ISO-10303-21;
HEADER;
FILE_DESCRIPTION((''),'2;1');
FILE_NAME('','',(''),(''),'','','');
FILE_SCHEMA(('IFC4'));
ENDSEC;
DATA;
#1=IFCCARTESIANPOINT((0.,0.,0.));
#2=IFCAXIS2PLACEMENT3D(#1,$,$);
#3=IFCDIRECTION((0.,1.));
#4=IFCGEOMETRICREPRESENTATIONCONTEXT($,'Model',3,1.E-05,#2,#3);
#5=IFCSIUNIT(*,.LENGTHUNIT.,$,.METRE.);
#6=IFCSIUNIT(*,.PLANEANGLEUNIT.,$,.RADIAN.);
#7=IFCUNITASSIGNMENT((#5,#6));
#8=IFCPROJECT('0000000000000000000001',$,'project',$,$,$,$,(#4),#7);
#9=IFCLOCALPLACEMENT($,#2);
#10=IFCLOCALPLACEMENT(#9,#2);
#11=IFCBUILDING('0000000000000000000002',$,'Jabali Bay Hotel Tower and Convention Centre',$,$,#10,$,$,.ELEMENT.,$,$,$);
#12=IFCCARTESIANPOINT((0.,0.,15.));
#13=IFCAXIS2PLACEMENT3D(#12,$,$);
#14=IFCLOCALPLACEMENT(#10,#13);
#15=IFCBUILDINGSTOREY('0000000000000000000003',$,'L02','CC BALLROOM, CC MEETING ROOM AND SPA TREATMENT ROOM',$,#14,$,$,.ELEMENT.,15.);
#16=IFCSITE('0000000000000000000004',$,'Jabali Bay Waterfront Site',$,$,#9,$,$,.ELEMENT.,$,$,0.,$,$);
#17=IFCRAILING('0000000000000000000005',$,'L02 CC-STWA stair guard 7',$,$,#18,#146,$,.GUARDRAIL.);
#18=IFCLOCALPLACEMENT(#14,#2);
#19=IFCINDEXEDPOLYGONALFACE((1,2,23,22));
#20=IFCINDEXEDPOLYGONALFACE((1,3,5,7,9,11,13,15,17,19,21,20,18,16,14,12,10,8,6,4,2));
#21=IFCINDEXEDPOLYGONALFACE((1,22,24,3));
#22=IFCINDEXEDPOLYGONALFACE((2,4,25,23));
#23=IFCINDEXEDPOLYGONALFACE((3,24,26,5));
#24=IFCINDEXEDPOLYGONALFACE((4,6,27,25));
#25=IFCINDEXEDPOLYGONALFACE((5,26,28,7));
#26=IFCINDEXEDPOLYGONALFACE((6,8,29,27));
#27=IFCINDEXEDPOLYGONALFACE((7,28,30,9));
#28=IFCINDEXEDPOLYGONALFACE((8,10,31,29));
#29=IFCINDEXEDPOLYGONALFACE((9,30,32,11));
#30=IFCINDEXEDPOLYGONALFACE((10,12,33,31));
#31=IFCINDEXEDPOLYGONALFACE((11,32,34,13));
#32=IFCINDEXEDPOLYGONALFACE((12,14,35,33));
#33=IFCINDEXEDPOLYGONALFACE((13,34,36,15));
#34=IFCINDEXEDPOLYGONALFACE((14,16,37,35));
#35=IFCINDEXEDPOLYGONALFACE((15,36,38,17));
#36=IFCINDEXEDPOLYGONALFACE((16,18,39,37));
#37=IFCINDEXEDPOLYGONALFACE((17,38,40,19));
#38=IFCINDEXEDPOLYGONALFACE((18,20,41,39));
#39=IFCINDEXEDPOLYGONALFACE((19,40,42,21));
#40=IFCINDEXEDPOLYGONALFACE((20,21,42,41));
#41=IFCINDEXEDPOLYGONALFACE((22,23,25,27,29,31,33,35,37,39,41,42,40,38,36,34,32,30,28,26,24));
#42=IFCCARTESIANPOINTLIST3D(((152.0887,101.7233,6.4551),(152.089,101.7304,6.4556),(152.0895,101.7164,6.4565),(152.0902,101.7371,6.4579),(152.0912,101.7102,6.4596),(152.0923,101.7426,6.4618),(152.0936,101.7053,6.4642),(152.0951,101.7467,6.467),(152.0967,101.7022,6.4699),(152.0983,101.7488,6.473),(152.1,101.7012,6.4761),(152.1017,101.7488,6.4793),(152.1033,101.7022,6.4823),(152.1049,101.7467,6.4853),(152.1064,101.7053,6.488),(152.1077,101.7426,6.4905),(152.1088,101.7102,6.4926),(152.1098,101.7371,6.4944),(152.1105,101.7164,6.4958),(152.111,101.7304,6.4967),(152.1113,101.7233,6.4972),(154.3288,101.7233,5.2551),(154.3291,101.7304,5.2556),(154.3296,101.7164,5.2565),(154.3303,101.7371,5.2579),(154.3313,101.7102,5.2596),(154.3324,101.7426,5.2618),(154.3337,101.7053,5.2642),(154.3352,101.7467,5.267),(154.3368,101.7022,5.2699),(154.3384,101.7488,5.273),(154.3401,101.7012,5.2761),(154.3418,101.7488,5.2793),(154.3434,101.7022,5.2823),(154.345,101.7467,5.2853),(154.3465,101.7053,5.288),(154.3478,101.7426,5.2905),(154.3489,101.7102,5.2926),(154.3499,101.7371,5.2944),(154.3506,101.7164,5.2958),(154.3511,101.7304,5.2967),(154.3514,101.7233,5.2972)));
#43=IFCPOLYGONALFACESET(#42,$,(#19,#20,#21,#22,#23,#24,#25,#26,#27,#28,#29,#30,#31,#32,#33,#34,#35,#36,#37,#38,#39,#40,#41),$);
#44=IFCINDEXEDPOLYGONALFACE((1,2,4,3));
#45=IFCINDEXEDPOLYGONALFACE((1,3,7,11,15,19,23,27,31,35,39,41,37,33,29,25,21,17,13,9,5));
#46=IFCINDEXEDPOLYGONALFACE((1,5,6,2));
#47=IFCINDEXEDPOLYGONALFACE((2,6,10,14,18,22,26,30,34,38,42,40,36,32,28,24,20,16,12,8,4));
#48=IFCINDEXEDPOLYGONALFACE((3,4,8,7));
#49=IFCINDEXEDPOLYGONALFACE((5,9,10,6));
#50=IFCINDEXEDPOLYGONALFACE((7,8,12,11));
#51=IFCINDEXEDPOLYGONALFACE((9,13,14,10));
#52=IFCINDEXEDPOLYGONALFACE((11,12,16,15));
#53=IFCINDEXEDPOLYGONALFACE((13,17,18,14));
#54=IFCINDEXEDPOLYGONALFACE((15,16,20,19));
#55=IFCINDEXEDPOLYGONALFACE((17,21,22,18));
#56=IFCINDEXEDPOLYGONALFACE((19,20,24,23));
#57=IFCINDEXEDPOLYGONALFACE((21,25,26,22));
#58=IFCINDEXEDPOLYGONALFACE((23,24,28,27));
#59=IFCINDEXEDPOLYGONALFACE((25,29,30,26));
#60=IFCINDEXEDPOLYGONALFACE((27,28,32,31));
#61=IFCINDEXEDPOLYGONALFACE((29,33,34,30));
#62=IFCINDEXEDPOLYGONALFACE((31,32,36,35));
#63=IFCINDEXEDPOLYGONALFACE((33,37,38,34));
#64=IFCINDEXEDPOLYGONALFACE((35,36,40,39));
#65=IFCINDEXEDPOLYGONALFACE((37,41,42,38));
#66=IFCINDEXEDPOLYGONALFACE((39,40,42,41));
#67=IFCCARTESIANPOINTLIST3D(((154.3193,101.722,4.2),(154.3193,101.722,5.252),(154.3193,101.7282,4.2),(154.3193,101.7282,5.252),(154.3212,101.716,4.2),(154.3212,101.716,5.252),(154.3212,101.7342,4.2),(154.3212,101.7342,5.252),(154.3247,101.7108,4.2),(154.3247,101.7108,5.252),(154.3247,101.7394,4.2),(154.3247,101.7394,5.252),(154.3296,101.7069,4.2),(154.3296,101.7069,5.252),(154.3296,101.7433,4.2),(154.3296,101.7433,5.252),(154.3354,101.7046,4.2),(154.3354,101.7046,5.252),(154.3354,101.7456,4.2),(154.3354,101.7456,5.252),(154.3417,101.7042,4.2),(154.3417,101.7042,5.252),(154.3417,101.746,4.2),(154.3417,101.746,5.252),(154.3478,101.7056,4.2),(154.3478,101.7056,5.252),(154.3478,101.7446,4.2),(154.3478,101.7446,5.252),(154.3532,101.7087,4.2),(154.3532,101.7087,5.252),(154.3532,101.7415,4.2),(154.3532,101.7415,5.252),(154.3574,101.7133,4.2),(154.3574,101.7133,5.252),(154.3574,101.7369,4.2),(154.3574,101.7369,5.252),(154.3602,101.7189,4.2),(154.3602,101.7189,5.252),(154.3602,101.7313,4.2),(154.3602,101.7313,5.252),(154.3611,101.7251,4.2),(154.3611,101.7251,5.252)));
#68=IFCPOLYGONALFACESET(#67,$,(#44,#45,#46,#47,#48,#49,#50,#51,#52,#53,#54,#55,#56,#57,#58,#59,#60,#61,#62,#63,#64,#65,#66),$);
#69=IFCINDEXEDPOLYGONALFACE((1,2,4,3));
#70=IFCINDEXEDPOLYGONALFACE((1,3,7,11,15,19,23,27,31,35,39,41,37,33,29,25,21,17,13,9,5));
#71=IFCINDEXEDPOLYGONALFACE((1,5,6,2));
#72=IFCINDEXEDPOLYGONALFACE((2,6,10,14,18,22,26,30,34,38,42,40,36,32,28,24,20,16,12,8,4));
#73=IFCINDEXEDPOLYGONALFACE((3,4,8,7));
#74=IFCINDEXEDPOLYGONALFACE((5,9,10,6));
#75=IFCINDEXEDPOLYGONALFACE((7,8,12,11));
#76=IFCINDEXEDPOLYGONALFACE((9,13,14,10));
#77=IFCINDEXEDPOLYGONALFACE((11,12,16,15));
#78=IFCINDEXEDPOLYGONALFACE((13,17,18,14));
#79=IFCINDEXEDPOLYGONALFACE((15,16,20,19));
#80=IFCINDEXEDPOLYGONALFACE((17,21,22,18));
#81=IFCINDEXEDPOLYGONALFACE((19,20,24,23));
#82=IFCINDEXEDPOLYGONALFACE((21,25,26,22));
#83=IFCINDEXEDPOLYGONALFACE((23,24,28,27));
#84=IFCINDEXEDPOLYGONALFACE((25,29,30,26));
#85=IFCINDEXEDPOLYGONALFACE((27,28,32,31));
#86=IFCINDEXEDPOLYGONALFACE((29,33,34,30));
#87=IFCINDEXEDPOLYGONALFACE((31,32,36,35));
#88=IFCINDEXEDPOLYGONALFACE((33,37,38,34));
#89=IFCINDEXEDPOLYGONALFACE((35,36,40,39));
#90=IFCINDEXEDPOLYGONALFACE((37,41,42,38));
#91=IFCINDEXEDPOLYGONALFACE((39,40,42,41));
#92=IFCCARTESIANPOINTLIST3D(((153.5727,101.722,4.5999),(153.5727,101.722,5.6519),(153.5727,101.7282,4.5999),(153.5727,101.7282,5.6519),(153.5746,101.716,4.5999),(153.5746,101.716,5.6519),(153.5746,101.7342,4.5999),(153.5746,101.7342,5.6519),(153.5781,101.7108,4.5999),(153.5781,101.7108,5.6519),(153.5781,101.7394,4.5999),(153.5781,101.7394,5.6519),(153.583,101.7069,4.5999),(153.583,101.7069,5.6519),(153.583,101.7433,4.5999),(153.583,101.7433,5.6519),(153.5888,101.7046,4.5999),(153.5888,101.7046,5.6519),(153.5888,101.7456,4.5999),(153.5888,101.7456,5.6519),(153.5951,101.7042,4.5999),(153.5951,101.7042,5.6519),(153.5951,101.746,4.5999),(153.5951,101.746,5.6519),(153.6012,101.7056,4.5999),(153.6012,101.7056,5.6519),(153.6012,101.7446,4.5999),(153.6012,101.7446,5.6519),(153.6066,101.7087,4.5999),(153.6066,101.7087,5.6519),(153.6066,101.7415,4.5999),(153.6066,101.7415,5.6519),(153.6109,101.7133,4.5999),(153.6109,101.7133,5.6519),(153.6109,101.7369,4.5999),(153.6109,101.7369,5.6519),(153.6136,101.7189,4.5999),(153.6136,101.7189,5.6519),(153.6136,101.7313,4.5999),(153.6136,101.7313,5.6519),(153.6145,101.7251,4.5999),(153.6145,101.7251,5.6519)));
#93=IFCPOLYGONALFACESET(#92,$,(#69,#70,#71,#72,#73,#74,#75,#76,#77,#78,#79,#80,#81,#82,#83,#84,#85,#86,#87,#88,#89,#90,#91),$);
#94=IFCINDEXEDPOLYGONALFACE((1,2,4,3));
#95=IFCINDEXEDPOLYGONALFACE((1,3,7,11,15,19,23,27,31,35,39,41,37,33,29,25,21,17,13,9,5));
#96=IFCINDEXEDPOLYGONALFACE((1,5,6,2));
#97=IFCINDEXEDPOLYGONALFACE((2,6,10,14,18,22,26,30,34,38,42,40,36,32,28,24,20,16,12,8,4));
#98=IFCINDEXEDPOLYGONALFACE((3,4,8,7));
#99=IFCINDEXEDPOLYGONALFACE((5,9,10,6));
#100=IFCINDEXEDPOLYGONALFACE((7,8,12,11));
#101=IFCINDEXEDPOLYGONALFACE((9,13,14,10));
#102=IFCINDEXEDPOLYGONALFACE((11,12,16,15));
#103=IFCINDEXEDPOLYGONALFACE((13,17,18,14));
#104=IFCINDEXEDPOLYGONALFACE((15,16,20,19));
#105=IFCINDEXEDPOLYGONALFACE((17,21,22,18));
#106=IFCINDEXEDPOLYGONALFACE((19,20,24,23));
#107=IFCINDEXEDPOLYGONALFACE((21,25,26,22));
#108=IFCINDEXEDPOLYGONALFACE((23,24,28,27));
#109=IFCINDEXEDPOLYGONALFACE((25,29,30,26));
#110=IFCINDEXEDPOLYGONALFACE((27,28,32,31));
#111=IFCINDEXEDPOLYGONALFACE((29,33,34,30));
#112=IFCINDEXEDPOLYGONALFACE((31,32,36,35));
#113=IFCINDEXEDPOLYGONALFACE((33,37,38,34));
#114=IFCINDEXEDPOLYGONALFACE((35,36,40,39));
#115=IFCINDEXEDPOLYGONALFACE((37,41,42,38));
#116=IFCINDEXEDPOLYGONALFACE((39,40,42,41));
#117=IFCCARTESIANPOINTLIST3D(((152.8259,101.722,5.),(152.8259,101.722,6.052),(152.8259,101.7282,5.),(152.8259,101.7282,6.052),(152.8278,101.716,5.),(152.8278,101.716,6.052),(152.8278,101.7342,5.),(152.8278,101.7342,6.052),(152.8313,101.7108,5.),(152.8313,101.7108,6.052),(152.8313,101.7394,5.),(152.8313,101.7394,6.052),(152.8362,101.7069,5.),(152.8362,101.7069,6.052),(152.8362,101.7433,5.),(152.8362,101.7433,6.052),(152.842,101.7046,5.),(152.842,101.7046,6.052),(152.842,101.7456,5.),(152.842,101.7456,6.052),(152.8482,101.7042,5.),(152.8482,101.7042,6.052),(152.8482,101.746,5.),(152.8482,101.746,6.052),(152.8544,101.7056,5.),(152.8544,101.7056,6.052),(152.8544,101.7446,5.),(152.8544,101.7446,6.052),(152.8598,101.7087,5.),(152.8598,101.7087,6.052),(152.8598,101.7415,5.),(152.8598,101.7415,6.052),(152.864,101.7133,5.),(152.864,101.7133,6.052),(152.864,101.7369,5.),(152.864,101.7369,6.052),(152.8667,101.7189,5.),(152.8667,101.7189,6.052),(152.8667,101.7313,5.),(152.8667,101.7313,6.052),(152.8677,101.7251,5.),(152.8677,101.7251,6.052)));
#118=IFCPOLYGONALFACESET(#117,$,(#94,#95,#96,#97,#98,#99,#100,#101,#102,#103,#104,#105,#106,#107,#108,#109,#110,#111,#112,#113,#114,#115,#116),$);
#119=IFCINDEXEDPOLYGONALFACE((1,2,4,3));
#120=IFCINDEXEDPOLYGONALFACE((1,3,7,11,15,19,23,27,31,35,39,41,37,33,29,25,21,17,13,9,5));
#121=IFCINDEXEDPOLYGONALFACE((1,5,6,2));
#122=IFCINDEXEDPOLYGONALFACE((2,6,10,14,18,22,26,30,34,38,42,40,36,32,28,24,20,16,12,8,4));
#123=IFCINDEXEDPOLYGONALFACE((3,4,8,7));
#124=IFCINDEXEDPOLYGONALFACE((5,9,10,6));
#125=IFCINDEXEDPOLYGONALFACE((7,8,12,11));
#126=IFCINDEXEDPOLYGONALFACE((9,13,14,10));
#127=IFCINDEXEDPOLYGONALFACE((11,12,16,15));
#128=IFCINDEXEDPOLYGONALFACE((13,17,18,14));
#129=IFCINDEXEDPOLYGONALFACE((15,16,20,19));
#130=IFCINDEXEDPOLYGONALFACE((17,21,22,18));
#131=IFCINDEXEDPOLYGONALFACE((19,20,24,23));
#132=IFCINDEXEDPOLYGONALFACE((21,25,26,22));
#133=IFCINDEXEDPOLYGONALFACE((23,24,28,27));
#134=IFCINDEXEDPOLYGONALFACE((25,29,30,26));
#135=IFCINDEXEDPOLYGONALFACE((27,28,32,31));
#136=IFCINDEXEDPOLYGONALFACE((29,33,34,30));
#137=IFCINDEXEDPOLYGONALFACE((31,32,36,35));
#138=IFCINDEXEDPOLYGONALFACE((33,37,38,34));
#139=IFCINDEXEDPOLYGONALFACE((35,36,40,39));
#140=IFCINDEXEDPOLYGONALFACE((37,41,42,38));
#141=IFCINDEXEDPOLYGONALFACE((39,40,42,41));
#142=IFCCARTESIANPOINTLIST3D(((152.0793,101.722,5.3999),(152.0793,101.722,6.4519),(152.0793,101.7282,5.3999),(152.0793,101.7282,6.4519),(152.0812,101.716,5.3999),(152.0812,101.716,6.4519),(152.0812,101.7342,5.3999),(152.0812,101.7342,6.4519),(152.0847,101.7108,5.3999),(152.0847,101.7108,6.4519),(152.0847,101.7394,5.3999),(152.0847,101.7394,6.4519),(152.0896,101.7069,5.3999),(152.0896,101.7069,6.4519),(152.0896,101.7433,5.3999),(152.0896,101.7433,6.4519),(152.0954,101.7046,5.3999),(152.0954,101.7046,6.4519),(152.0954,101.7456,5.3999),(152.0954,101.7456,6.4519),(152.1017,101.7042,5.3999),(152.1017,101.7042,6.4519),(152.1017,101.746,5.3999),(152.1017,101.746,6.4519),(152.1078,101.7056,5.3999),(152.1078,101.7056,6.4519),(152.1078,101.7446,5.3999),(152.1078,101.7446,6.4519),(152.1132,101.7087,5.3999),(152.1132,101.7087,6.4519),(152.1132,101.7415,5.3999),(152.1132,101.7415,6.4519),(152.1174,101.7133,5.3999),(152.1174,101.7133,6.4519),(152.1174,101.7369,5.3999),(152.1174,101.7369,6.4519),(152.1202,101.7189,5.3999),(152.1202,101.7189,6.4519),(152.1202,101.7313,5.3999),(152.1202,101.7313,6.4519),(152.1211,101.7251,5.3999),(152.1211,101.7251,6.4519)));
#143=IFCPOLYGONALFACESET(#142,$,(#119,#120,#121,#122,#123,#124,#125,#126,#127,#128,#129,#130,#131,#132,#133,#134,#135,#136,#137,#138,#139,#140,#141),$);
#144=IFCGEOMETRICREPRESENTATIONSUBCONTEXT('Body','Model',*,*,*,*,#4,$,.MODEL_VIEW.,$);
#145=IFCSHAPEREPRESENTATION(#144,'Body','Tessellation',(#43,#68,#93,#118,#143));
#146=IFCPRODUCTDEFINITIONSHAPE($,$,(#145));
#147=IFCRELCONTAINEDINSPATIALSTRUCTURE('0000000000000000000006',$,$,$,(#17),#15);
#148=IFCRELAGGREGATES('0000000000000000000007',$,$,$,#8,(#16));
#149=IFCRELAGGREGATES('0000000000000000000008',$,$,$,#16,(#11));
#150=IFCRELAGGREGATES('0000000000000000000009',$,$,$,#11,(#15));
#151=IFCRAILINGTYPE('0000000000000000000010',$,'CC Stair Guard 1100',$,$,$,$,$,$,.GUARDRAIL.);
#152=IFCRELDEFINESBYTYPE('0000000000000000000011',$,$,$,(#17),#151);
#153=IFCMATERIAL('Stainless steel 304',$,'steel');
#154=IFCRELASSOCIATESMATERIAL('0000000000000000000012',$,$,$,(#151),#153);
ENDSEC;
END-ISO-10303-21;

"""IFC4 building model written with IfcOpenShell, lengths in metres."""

from ifc_helpers import new_model, si_unit, direction, frame, origin, origin_2d, place, context, subcontext, project, spatial, circle, extrude, material, type_object, element, save


model = new_model("IFC4")

# Units and contexts
model_context = context("Model", 3, precision=1e-05, world=origin(), true_north=direction((0.0, 1.0)))
body_context = subcontext(model_context, "Body", "Model", "MODEL_VIEW")
ifc_project = project(units=[si_unit("LENGTHUNIT", "METRE"), si_unit("PLANEANGLEUNIT", "RADIAN")], contexts=[model_context])

# Site, building, storey
site_placement = place(None, origin())
site = spatial("IfcSite", under=ifc_project, at=site_placement, Name="Jabali Bay Waterfront Site", CompositionType="ELEMENT", RefElevation=0.0)
building_placement = place(site_placement, origin())
building = spatial("IfcBuilding", under=site, at=building_placement, Name="Jabali Bay Hotel Tower and Convention Centre", CompositionType="ELEMENT")
storey_placement = place(building_placement, frame((0.0, 0.0, 15.0)))
storey = spatial("IfcBuildingStorey", under=building, at=storey_placement, Name="L02", Description="CC BALLROOM, CC MEETING ROOM AND SPA TREATMENT ROOM", CompositionType="ELEMENT", Elevation=15.0)

# Railing
ifc_material_1 = material(Name="Stainless steel 304", Category="steel")
railing_type_1 = type_object("IfcRailingType", Name="CC Stair Guard 1100", PredefinedType="GUARDRAIL", material=ifc_material_1)
railing_1_placement = place(storey_placement, frame((154.3401, 101.7251, 4.2)))
element("IfcRailing", 1, at=railing_1_placement, inside=storey, type_object=railing_type_1, Name="L02 CC-STWA stair guard 7", PredefinedType="GUARDRAIL", context=body_context, shape_type="SweptSolid", body=[
    extrude(circle(Radius=0.0239, at=origin_2d()), frame((0.0, 0.0, 1.0762), z_axis=(-0.881487, 0.0, 0.472208), x_axis=(0.0, -1.0, 0.0)), (0.0, 0.0, 1.0), 2.5413),
    extrude(circle(Radius=0.021, at=origin_2d()), origin(), (0.0, 0.0, 1.0), 1.052),
    extrude(circle(Radius=0.021, at=origin_2d()), frame((-0.7466, 0.0, 0.3999)), (0.0, 0.0, 1.0), 1.052),
    extrude(circle(Radius=0.021, at=origin_2d()), frame((-1.4934, 0.0, 0.8)), (0.0, 0.0, 1.0), 1.052),
    extrude(circle(Radius=0.021, at=origin_2d()), frame((-2.24, 0.0, 1.2)), (0.0, 0.0, 1.0), 1.052),
])

save(model, "model.ifc")
